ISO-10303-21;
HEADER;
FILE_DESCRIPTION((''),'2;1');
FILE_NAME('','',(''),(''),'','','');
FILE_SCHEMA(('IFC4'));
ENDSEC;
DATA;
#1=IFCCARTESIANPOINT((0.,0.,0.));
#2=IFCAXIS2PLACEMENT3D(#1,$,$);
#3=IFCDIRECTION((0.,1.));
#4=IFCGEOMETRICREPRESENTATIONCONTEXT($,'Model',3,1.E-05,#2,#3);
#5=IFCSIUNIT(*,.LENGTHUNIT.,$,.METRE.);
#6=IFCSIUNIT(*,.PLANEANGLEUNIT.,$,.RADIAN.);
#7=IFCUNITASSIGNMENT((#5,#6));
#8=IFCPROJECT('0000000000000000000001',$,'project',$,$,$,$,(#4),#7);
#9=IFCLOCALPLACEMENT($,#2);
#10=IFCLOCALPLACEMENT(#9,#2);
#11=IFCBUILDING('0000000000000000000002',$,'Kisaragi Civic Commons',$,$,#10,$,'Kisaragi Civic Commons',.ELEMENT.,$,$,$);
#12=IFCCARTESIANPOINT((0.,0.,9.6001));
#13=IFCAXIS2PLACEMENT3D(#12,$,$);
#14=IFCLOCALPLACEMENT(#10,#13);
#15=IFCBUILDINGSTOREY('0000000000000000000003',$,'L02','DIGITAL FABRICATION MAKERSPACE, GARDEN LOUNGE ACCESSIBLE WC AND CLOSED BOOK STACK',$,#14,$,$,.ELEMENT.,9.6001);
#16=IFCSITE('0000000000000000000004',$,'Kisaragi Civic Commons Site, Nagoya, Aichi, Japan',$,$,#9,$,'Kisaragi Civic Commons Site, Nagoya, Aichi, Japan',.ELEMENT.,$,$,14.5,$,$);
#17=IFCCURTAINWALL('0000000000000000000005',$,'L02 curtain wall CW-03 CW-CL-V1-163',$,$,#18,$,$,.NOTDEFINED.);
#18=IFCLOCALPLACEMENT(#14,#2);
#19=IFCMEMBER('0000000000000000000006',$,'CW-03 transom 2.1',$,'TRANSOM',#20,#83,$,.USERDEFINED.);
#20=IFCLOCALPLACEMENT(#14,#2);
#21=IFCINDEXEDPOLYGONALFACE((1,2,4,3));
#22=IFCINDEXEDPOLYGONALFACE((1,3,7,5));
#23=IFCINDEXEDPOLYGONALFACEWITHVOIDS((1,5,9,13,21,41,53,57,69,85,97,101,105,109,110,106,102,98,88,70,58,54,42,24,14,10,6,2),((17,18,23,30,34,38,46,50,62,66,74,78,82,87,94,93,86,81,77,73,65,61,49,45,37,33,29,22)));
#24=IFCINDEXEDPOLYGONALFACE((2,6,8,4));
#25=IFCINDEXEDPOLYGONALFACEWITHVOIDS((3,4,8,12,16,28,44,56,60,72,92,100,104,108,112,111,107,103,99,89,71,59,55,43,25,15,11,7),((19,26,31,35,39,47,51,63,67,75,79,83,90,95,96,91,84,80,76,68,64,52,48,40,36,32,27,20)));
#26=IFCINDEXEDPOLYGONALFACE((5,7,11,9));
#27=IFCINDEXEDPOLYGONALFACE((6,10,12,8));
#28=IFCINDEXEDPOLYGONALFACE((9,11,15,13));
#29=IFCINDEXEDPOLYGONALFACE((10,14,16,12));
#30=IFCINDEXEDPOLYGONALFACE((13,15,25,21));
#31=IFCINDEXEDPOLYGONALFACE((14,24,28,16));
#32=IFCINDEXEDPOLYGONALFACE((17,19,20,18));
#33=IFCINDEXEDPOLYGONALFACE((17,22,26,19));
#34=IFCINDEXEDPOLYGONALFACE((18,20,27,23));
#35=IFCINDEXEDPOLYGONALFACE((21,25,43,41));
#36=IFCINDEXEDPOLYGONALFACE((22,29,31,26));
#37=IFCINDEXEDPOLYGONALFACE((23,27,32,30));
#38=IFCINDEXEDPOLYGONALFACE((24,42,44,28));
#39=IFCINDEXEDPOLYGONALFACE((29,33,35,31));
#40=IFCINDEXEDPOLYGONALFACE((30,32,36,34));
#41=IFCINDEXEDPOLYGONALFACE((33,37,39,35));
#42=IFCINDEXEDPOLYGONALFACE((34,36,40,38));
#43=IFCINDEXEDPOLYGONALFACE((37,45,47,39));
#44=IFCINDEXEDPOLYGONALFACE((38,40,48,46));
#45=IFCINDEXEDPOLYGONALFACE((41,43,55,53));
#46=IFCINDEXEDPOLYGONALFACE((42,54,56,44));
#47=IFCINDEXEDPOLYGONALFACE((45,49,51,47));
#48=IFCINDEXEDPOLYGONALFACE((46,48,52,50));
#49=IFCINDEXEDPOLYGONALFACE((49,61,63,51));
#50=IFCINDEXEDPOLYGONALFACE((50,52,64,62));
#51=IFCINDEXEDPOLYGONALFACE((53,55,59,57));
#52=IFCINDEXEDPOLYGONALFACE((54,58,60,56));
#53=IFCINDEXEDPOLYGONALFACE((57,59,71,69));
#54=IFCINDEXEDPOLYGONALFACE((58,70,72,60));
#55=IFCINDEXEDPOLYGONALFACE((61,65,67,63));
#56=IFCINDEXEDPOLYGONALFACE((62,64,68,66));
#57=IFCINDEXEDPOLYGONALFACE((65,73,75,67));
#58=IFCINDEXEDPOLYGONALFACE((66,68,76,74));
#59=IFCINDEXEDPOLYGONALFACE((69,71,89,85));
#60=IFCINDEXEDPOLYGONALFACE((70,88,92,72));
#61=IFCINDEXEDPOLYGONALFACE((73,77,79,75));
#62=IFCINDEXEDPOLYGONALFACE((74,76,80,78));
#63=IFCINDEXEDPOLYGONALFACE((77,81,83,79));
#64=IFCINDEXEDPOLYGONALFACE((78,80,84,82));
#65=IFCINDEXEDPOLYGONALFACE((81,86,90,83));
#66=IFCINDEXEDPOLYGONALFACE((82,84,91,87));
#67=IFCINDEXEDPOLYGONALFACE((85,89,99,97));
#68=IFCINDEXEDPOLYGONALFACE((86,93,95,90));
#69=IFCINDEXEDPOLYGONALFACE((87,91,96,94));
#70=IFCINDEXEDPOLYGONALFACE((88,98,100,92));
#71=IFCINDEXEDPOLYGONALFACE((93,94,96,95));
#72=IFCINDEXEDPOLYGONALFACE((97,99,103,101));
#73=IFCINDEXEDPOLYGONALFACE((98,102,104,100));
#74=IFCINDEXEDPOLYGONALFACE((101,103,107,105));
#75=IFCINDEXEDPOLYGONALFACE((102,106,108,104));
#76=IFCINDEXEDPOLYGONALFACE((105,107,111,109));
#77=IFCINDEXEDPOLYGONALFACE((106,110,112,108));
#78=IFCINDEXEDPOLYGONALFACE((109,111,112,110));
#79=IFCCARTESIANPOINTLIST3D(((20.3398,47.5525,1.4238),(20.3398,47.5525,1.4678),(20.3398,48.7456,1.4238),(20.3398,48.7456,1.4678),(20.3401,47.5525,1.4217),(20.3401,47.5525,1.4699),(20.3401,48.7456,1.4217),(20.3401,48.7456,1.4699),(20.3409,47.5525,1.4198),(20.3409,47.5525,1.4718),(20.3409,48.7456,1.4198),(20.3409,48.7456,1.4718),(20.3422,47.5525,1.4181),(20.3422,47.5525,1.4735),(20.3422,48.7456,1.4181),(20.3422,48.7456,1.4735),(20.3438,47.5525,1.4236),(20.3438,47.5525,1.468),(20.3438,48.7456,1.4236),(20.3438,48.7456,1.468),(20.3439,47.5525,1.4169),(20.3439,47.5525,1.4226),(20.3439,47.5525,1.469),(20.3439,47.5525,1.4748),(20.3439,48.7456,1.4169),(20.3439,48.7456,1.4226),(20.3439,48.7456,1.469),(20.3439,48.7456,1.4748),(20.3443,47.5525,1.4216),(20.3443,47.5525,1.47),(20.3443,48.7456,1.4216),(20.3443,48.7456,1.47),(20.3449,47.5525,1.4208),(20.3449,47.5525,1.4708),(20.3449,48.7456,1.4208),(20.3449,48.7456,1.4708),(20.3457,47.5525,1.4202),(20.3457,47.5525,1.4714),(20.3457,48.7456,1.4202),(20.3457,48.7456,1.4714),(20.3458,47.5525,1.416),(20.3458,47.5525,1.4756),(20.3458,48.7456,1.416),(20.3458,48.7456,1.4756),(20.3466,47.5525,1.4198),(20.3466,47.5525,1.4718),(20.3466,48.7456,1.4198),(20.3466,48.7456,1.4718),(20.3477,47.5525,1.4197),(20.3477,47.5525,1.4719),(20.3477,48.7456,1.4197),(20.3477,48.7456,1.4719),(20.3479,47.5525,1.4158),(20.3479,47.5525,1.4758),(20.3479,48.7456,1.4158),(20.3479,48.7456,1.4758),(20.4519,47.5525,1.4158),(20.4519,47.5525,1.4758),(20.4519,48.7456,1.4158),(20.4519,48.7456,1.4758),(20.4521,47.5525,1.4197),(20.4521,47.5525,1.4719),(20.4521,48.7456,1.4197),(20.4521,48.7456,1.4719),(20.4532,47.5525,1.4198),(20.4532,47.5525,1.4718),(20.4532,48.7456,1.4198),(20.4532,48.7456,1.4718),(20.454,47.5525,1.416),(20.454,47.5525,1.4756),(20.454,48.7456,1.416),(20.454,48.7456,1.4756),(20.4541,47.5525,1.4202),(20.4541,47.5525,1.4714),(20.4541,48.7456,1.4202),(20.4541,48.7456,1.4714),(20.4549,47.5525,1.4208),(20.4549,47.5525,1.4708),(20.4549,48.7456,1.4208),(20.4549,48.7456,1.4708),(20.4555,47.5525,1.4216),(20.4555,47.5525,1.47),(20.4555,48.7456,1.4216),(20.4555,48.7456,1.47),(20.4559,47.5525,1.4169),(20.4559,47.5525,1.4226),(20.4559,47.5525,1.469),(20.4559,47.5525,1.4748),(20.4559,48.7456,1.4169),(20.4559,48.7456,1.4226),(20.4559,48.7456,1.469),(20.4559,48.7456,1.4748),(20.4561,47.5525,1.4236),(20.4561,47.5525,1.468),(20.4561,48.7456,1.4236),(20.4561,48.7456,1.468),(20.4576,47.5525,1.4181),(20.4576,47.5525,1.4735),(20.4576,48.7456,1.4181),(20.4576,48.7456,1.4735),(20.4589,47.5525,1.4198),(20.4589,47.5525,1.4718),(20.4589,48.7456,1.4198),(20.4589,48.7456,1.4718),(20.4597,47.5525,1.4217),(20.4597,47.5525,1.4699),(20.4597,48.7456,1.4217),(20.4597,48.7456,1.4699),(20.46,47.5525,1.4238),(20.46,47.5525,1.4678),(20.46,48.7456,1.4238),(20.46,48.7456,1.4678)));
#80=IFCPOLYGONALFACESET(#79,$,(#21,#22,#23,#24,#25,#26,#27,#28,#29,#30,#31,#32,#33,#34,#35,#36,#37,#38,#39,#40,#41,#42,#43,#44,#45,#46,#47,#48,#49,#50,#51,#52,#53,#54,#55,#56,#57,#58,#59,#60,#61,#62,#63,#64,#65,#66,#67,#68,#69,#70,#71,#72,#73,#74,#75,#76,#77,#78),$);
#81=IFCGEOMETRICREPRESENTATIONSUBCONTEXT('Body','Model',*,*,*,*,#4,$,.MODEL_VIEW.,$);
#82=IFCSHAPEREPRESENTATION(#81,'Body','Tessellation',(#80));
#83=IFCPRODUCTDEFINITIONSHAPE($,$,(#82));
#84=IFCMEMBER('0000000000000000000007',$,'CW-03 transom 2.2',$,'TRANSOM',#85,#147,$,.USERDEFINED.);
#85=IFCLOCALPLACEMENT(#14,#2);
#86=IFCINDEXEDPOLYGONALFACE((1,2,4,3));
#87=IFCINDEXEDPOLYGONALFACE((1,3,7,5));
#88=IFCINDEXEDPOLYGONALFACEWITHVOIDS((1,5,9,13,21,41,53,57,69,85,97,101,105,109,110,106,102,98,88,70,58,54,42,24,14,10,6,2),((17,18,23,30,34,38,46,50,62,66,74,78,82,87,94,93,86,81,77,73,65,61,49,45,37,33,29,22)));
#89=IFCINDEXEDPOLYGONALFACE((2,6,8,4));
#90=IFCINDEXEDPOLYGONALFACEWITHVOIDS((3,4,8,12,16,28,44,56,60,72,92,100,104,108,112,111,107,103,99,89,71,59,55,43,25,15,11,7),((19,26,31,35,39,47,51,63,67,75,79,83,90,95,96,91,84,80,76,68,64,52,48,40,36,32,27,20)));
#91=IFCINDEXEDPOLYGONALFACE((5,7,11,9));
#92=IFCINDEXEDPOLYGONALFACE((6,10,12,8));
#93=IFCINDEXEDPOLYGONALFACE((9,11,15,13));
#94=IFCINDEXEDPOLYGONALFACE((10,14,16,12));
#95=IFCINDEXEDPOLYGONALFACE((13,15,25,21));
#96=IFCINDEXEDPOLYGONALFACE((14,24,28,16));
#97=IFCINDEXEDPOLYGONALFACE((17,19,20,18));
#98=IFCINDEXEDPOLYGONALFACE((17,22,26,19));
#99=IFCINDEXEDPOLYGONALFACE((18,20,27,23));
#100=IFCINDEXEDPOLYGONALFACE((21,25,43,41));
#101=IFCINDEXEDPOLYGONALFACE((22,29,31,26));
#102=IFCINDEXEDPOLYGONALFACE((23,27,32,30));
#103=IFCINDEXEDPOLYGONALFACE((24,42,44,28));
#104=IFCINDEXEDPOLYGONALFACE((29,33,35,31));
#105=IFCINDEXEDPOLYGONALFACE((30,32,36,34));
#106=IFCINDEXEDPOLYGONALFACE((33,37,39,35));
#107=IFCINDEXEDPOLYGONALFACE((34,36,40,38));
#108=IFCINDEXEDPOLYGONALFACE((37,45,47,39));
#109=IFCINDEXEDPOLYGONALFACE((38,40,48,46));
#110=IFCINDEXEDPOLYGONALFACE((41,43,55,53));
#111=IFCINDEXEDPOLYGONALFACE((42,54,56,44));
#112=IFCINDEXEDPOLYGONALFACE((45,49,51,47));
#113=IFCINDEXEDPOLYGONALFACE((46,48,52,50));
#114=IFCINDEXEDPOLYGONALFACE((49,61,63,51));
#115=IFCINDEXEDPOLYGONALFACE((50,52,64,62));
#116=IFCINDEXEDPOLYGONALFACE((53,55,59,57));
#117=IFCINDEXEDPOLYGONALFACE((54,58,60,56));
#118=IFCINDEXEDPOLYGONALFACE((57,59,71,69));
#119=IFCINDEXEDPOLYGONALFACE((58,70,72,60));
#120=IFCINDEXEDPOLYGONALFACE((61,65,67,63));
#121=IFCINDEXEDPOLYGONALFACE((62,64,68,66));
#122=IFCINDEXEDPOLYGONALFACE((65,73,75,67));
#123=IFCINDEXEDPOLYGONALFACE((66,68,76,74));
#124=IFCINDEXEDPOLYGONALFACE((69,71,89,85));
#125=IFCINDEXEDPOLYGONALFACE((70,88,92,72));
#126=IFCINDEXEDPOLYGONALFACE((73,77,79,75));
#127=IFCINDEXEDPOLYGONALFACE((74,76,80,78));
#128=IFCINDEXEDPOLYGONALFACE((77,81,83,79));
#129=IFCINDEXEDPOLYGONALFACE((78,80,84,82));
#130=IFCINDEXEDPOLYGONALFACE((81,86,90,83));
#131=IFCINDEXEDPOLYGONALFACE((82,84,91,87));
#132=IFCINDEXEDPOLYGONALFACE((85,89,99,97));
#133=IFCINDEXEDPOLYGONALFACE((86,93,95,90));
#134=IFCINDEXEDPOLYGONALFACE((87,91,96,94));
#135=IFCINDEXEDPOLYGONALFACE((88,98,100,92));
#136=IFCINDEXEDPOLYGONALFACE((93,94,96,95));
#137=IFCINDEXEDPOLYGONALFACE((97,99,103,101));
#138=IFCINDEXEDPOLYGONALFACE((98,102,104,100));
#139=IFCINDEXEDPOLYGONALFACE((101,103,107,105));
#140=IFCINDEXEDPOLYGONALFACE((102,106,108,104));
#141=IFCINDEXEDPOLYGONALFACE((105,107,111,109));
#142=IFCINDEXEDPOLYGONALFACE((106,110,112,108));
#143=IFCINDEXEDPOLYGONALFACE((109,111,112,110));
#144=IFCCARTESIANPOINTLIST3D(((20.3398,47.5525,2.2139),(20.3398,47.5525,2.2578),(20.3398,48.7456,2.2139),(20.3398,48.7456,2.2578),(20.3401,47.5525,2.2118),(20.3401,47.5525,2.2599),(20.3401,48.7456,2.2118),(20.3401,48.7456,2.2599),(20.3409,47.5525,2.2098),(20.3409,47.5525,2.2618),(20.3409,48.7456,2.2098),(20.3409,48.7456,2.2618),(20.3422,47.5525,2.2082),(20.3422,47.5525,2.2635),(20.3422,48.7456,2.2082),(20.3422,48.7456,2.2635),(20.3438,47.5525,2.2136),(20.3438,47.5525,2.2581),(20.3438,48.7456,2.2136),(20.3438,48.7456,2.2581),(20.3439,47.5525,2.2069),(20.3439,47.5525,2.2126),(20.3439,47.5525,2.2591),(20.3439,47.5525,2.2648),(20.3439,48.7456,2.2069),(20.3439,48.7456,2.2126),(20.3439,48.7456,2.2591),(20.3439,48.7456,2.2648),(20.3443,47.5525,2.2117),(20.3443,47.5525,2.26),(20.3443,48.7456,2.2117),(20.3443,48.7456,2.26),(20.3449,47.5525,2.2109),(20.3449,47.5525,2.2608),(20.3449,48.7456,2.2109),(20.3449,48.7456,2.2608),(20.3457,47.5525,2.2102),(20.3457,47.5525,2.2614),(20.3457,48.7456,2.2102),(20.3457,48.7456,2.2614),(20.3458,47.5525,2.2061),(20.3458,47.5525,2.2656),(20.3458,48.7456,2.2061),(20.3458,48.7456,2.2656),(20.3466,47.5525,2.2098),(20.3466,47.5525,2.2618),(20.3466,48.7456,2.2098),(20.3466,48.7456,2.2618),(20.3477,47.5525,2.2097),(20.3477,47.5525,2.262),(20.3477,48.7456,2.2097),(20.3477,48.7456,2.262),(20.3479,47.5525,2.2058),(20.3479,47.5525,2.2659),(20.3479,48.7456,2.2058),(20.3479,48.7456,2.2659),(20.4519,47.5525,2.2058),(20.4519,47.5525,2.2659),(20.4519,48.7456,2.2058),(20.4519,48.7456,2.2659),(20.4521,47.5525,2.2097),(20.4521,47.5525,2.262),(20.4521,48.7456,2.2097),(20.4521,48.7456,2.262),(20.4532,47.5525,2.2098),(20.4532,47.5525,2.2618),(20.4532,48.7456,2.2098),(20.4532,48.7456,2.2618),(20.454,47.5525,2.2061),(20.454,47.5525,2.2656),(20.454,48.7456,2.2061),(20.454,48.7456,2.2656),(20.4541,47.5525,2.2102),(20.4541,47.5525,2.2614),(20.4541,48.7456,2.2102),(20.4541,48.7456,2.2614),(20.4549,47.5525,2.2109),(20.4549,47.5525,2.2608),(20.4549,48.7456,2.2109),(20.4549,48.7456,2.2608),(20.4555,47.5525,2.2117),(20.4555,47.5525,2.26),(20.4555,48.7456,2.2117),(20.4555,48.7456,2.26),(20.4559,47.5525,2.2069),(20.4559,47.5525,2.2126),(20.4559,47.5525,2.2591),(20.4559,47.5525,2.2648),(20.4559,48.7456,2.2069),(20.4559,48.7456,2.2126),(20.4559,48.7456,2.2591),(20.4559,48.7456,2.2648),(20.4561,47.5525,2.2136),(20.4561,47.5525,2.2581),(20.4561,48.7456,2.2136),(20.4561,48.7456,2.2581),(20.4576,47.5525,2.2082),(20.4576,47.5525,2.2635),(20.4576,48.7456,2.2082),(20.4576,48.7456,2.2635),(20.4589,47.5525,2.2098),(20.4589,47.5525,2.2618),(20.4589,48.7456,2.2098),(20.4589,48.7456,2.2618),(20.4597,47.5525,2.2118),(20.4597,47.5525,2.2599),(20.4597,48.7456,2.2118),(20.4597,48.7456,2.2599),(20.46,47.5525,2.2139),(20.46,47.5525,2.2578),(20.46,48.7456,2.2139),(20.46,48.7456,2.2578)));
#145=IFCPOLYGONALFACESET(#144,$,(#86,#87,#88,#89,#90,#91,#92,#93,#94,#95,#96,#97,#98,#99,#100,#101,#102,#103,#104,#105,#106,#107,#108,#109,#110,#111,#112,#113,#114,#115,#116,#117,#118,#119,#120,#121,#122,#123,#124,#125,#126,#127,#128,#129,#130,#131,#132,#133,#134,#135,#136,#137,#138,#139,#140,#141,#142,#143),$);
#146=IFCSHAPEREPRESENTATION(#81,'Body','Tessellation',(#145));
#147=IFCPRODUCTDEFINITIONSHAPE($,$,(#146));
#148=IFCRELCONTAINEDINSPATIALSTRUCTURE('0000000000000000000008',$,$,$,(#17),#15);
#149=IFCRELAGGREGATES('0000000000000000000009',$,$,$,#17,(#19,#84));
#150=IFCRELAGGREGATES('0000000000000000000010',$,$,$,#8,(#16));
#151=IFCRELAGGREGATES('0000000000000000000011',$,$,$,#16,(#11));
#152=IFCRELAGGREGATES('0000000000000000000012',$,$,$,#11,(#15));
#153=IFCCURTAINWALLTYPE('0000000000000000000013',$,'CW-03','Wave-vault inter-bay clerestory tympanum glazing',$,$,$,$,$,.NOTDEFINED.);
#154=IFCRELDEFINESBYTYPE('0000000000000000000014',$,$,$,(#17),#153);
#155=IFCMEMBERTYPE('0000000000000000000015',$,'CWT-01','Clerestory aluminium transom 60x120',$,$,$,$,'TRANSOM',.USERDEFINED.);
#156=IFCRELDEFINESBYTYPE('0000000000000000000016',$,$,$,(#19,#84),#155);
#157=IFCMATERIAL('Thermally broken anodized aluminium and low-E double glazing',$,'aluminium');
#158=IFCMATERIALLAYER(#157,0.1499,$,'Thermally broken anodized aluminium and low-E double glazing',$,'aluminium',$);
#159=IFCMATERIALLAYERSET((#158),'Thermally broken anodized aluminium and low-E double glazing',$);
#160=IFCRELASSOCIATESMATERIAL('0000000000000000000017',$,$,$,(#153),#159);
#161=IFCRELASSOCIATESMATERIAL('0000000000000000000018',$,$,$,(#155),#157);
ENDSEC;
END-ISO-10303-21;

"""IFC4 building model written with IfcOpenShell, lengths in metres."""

from ifc_helpers import new_model, si_unit, direction, frame, origin, origin_2d, place, context, subcontext, project, spatial, hollow_rectangle, extrude, material, layer, layer_set, material_profile, profile_set, type_object, element, aggregate, save


model = new_model("IFC4")

# Units and contexts
model_context = context("Model", 3, precision=1e-05, world=origin(), true_north=direction((0.0, 1.0)))
body_context = subcontext(model_context, "Body", "Model", "MODEL_VIEW")
ifc_project = project(units=[si_unit("LENGTHUNIT", "METRE"), si_unit("PLANEANGLEUNIT", "RADIAN")], contexts=[model_context])

# Site, building, storey
site_placement = place(None, origin())
site = spatial("IfcSite", under=ifc_project, at=site_placement, Name="Kisaragi Civic Commons Site, Nagoya, Aichi, Japan", LongName="Kisaragi Civic Commons Site, Nagoya, Aichi, Japan", CompositionType="ELEMENT", RefElevation=14.5)
building_placement = place(site_placement, origin())
building = spatial("IfcBuilding", under=site, at=building_placement, Name="Kisaragi Civic Commons", LongName="Kisaragi Civic Commons", CompositionType="ELEMENT")
storey_placement = place(building_placement, frame((0.0, 0.0, 9.6001)))
storey = spatial("IfcBuildingStorey", under=building, at=storey_placement, Name="L02", Description="DIGITAL FABRICATION MAKERSPACE, GARDEN LOUNGE ACCESSIBLE WC AND CLOSED BOOK STACK", CompositionType="ELEMENT", Elevation=9.6001)

# Curtain wall, members
ifc_material_1 = material(Name="Thermally broken anodized aluminium and low-E double glazing", Category="aluminium")
ifc_layer_1 = layer(ifc_material_1, 0.1499, Name="Thermally broken anodized aluminium and low-E double glazing", Category="aluminium")
ifc_layer_set_1 = layer_set([ifc_layer_1], Name="Thermally broken anodized aluminium and low-E double glazing")
curtain_wall_type = type_object("IfcCurtainWallType", Name="CW-03", Description="Wave-vault inter-bay clerestory tympanum glazing", PredefinedType="NOTDEFINED", material=ifc_layer_set_1)
curtain_wall_placement = place(storey_placement, origin())
curtain_wall = element("IfcCurtainWall", 1, at=curtain_wall_placement, inside=storey, type_object=curtain_wall_type, Name="L02 curtain wall CW-03 CW-CL-V1-163", PredefinedType="NOTDEFINED")
ifc_material_profile_1 = material_profile(ifc_material_1, hollow_rectangle(XDim=0.1201, YDim=0.0601, WallThickness=0.0039, InnerFilletRadius=0.0039, OuterFilletRadius=0.0081, at=origin_2d()), Name="CWT-60x120x4", Category="aluminium")
ifc_profile_set_1 = profile_set([ifc_material_profile_1], Name="Thermally broken anodized aluminium and low-E double glazing")
member_type_1 = type_object("IfcMemberType", Name="CWT-01", Description="Clerestory aluminium transom 60x120", ElementType="TRANSOM", PredefinedType="USERDEFINED", material=ifc_profile_set_1)
member_1_placement = place(storey_placement, frame((20.3999, 47.5525, 1.4458), z_axis=(0.0, 1.0, 0.0), x_axis=(-1.0, 0.0, 0.0)))
member_1 = element("IfcMember", 2, at=member_1_placement, type_object=member_type_1, Name="CW-03 transom 2.1", ObjectType="TRANSOM", PredefinedType="USERDEFINED", context=body_context, shape_type="SweptSolid", body=[
    extrude(hollow_rectangle(XDim=0.1201, YDim=0.0601, WallThickness=0.0039, InnerFilletRadius=0.0039, OuterFilletRadius=0.0081, at=origin_2d()), origin(), (0.0, 0.0, 1.0), 1.1931),
])
member_2_placement = place(storey_placement, frame((20.3999, 47.5525, 2.2358), z_axis=(0.0, 1.0, 0.0), x_axis=(-1.0, 0.0, 0.0)))
member_2 = element("IfcMember", 3, at=member_2_placement, type_object=member_type_1, Name="CW-03 transom 2.2", ObjectType="TRANSOM", PredefinedType="USERDEFINED", context=body_context, shape_type="SweptSolid", body=[
    extrude(hollow_rectangle(XDim=0.1201, YDim=0.0601, WallThickness=0.0039, InnerFilletRadius=0.0039, OuterFilletRadius=0.0081, at=origin_2d()), origin(), (0.0, 0.0, 1.0), 1.1931),
])

aggregate(curtain_wall, [member_1, member_2])

save(model, "model.ifc")
